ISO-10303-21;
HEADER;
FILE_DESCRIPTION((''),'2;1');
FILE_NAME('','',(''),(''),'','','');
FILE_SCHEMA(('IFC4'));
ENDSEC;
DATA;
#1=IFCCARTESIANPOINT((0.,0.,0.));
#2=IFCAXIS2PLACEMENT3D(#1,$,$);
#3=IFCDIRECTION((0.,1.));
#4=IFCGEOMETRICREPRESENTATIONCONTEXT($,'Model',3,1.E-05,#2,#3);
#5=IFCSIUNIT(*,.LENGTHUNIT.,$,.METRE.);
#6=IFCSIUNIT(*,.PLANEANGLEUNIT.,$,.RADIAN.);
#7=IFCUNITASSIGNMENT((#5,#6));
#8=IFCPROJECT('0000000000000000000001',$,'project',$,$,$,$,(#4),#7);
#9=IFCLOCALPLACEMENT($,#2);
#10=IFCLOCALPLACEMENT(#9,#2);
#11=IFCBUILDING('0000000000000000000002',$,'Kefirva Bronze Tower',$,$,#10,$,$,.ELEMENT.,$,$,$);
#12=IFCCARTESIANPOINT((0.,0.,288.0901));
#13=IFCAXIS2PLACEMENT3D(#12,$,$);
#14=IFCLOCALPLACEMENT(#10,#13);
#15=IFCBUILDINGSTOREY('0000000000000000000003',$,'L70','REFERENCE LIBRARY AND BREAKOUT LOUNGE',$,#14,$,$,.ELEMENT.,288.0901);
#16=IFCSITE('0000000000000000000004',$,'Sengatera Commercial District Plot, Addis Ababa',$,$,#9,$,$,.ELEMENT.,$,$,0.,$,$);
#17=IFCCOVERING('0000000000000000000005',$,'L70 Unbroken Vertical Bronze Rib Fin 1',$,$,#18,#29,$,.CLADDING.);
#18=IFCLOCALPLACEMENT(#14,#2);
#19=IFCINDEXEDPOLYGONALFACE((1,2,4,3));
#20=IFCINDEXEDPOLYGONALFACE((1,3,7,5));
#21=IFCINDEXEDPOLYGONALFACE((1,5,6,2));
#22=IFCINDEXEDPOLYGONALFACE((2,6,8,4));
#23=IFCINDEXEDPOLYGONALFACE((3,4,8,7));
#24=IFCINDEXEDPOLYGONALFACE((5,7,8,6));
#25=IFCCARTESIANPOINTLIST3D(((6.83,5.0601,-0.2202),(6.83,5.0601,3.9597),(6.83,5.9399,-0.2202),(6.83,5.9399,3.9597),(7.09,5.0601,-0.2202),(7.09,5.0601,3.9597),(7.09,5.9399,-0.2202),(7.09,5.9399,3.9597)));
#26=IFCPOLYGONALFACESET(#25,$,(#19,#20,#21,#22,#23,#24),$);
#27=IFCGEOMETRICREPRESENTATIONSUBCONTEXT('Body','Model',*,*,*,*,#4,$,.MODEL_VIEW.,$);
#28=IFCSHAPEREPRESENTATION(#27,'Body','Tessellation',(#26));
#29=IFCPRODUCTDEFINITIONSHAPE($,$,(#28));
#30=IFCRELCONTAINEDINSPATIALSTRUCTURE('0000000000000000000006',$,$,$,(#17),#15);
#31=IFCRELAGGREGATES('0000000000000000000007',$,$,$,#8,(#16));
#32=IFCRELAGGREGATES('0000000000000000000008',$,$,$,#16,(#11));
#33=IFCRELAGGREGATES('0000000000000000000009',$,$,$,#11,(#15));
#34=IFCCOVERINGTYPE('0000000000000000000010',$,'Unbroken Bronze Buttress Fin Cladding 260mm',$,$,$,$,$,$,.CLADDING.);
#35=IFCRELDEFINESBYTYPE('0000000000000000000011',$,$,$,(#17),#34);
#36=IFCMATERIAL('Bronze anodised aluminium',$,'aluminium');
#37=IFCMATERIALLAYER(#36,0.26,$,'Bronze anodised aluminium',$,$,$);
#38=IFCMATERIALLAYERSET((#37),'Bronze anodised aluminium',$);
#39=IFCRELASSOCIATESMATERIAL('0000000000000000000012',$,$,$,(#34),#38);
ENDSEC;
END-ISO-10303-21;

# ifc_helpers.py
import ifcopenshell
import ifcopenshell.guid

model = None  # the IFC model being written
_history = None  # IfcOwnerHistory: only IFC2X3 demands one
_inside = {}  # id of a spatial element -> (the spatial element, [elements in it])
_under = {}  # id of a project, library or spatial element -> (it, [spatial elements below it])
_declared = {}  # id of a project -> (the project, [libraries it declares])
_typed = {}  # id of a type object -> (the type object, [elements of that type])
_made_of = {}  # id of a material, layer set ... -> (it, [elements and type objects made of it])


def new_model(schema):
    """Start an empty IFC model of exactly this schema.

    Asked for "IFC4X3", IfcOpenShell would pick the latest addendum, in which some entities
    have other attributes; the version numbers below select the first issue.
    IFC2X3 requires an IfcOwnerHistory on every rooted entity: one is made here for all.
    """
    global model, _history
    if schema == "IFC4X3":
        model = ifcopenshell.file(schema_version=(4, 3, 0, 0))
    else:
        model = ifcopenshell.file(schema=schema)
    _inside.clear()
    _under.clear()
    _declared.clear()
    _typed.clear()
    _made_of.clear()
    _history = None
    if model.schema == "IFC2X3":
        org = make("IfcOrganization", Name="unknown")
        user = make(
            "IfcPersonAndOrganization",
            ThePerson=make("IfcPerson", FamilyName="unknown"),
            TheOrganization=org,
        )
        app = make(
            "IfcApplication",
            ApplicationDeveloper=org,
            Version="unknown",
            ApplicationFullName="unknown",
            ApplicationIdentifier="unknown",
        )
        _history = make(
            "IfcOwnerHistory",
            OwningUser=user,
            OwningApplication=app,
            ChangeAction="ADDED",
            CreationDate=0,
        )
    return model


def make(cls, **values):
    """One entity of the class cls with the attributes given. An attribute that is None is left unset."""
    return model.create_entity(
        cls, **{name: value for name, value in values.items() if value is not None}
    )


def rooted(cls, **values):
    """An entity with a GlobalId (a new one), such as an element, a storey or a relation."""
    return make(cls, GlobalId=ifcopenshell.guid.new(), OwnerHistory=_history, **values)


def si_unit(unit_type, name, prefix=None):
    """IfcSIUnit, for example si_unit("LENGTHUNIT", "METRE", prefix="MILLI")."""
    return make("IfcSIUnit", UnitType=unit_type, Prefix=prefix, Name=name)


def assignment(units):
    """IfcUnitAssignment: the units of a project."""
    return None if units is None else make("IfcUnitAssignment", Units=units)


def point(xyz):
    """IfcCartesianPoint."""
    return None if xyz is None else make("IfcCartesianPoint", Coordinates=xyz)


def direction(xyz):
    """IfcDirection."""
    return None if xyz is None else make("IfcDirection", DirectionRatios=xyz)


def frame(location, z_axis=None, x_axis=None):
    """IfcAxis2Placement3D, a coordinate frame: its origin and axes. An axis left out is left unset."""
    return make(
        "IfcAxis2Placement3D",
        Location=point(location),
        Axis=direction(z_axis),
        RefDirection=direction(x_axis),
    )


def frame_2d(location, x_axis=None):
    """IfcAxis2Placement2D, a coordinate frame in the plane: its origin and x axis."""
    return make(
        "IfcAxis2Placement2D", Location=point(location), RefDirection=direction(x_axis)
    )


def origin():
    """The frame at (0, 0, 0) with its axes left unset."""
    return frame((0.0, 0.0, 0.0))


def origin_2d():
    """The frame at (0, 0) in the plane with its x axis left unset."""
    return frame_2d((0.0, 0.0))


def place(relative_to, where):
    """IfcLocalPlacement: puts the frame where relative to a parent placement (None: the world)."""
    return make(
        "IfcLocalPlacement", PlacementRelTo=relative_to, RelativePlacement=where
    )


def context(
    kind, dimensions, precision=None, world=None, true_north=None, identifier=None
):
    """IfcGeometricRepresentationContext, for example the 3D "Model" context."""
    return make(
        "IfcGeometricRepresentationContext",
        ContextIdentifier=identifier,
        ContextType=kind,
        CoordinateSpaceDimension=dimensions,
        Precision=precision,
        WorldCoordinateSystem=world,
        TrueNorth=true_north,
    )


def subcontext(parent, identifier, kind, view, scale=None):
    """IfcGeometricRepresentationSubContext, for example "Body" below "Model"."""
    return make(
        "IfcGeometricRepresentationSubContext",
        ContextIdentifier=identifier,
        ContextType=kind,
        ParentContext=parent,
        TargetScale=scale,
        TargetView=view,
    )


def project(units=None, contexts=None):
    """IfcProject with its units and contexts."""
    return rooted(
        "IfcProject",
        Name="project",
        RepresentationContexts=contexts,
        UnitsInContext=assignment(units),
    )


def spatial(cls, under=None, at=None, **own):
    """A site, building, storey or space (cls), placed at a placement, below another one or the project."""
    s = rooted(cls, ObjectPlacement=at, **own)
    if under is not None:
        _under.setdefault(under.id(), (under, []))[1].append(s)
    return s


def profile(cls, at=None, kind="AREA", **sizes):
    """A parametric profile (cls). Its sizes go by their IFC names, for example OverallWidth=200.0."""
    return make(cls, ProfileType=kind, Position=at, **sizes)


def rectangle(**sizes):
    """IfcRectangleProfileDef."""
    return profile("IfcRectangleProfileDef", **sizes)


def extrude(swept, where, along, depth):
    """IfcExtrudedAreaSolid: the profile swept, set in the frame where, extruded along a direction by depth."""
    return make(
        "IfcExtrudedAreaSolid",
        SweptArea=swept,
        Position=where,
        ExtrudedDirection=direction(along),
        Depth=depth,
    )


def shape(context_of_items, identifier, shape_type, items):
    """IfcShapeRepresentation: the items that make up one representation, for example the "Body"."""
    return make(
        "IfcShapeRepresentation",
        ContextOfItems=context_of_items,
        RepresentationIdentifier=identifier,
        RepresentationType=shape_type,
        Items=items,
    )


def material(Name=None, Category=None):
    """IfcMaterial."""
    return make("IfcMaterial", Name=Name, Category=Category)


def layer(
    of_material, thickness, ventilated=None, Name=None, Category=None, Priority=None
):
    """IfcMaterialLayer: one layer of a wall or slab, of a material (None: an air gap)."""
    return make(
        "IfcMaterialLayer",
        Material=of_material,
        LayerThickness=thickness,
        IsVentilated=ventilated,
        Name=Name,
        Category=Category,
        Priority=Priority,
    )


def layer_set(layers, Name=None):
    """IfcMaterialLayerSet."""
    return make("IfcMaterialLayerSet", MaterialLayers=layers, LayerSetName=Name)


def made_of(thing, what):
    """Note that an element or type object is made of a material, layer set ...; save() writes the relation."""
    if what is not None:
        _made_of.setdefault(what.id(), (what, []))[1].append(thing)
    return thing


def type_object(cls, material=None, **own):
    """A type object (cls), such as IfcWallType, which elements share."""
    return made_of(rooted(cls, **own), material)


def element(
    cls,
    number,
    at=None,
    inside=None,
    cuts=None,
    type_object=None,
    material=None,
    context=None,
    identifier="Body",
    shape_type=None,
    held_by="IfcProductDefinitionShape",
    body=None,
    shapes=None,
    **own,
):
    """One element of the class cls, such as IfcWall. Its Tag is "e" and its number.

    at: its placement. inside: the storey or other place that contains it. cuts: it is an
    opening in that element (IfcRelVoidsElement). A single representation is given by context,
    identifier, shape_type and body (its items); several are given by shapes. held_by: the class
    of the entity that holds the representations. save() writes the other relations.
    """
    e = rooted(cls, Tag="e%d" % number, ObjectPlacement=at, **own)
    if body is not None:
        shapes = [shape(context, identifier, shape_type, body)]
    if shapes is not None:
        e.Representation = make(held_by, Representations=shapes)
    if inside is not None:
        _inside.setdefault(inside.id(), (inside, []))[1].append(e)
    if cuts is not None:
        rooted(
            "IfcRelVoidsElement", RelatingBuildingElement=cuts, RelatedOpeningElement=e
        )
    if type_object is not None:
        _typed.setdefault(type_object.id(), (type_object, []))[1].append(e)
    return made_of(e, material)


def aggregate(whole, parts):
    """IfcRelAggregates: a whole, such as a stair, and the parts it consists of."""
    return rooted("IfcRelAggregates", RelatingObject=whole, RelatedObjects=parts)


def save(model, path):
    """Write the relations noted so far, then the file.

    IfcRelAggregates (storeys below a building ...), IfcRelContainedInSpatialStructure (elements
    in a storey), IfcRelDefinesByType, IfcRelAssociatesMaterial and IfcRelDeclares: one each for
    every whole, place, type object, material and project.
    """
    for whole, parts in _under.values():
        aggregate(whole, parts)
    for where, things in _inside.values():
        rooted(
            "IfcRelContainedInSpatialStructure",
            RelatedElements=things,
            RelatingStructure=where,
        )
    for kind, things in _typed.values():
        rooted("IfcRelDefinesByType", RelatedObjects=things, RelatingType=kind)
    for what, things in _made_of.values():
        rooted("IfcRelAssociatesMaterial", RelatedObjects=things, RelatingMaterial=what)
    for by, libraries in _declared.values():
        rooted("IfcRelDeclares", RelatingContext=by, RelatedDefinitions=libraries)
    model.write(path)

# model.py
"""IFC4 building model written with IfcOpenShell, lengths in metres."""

from ifc_helpers import new_model, si_unit, direction, frame, origin, origin_2d, place, context, subcontext, project, spatial, rectangle, extrude, material, layer, layer_set, type_object, element, save


model = new_model("IFC4")

# Units and contexts
model_context = context("Model", 3, precision=1e-05, world=origin(), true_north=direction((0.0, 1.0)))
body_context = subcontext(model_context, "Body", "Model", "MODEL_VIEW")
ifc_project = project(units=[si_unit("LENGTHUNIT", "METRE"), si_unit("PLANEANGLEUNIT", "RADIAN")], contexts=[model_context])

# Site, building, storey
site_placement = place(None, origin())
site = spatial("IfcSite", under=ifc_project, at=site_placement, Name="Sengatera Commercial District Plot, Addis Ababa", CompositionType="ELEMENT", RefElevation=0.0)
building_placement = place(site_placement, origin())
building = spatial("IfcBuilding", under=site, at=building_placement, Name="Kefirva Bronze Tower", CompositionType="ELEMENT")
storey_placement = place(building_placement, frame((0.0, 0.0, 288.0901)))
storey = spatial("IfcBuildingStorey", under=building, at=storey_placement, Name="L70", Description="REFERENCE LIBRARY AND BREAKOUT LOUNGE", CompositionType="ELEMENT", Elevation=288.0901)

# Shared definitions
ifc_material_1 = material(Name="Bronze anodised aluminium", Category="aluminium")

# Covering
ifc_layer_1 = layer(ifc_material_1, 0.26, Name="Bronze anodised aluminium")
ifc_layer_set_1 = layer_set([ifc_layer_1], Name="Bronze anodised aluminium")
covering_type_1 = type_object("IfcCoveringType", Name="Unbroken Bronze Buttress Fin Cladding 260mm", PredefinedType="CLADDING", material=ifc_layer_set_1)
covering_1_placement = place(storey_placement, frame((6.96, 5.5, -0.2202), z_axis=(0.0, 0.0, 1.0), x_axis=(1.0, 0.0, 0.0)))
element("IfcCovering", 1, at=covering_1_placement, inside=storey, type_object=covering_type_1, Name="L70 Unbroken Vertical Bronze Rib Fin 1", PredefinedType="CLADDING", context=body_context, shape_type="SweptSolid", body=[
    extrude(rectangle(XDim=0.26, YDim=0.8799, at=origin_2d()), origin(), (0.0, 0.0, 1.0), 4.1799),
])

save(model, "model.ifc")
